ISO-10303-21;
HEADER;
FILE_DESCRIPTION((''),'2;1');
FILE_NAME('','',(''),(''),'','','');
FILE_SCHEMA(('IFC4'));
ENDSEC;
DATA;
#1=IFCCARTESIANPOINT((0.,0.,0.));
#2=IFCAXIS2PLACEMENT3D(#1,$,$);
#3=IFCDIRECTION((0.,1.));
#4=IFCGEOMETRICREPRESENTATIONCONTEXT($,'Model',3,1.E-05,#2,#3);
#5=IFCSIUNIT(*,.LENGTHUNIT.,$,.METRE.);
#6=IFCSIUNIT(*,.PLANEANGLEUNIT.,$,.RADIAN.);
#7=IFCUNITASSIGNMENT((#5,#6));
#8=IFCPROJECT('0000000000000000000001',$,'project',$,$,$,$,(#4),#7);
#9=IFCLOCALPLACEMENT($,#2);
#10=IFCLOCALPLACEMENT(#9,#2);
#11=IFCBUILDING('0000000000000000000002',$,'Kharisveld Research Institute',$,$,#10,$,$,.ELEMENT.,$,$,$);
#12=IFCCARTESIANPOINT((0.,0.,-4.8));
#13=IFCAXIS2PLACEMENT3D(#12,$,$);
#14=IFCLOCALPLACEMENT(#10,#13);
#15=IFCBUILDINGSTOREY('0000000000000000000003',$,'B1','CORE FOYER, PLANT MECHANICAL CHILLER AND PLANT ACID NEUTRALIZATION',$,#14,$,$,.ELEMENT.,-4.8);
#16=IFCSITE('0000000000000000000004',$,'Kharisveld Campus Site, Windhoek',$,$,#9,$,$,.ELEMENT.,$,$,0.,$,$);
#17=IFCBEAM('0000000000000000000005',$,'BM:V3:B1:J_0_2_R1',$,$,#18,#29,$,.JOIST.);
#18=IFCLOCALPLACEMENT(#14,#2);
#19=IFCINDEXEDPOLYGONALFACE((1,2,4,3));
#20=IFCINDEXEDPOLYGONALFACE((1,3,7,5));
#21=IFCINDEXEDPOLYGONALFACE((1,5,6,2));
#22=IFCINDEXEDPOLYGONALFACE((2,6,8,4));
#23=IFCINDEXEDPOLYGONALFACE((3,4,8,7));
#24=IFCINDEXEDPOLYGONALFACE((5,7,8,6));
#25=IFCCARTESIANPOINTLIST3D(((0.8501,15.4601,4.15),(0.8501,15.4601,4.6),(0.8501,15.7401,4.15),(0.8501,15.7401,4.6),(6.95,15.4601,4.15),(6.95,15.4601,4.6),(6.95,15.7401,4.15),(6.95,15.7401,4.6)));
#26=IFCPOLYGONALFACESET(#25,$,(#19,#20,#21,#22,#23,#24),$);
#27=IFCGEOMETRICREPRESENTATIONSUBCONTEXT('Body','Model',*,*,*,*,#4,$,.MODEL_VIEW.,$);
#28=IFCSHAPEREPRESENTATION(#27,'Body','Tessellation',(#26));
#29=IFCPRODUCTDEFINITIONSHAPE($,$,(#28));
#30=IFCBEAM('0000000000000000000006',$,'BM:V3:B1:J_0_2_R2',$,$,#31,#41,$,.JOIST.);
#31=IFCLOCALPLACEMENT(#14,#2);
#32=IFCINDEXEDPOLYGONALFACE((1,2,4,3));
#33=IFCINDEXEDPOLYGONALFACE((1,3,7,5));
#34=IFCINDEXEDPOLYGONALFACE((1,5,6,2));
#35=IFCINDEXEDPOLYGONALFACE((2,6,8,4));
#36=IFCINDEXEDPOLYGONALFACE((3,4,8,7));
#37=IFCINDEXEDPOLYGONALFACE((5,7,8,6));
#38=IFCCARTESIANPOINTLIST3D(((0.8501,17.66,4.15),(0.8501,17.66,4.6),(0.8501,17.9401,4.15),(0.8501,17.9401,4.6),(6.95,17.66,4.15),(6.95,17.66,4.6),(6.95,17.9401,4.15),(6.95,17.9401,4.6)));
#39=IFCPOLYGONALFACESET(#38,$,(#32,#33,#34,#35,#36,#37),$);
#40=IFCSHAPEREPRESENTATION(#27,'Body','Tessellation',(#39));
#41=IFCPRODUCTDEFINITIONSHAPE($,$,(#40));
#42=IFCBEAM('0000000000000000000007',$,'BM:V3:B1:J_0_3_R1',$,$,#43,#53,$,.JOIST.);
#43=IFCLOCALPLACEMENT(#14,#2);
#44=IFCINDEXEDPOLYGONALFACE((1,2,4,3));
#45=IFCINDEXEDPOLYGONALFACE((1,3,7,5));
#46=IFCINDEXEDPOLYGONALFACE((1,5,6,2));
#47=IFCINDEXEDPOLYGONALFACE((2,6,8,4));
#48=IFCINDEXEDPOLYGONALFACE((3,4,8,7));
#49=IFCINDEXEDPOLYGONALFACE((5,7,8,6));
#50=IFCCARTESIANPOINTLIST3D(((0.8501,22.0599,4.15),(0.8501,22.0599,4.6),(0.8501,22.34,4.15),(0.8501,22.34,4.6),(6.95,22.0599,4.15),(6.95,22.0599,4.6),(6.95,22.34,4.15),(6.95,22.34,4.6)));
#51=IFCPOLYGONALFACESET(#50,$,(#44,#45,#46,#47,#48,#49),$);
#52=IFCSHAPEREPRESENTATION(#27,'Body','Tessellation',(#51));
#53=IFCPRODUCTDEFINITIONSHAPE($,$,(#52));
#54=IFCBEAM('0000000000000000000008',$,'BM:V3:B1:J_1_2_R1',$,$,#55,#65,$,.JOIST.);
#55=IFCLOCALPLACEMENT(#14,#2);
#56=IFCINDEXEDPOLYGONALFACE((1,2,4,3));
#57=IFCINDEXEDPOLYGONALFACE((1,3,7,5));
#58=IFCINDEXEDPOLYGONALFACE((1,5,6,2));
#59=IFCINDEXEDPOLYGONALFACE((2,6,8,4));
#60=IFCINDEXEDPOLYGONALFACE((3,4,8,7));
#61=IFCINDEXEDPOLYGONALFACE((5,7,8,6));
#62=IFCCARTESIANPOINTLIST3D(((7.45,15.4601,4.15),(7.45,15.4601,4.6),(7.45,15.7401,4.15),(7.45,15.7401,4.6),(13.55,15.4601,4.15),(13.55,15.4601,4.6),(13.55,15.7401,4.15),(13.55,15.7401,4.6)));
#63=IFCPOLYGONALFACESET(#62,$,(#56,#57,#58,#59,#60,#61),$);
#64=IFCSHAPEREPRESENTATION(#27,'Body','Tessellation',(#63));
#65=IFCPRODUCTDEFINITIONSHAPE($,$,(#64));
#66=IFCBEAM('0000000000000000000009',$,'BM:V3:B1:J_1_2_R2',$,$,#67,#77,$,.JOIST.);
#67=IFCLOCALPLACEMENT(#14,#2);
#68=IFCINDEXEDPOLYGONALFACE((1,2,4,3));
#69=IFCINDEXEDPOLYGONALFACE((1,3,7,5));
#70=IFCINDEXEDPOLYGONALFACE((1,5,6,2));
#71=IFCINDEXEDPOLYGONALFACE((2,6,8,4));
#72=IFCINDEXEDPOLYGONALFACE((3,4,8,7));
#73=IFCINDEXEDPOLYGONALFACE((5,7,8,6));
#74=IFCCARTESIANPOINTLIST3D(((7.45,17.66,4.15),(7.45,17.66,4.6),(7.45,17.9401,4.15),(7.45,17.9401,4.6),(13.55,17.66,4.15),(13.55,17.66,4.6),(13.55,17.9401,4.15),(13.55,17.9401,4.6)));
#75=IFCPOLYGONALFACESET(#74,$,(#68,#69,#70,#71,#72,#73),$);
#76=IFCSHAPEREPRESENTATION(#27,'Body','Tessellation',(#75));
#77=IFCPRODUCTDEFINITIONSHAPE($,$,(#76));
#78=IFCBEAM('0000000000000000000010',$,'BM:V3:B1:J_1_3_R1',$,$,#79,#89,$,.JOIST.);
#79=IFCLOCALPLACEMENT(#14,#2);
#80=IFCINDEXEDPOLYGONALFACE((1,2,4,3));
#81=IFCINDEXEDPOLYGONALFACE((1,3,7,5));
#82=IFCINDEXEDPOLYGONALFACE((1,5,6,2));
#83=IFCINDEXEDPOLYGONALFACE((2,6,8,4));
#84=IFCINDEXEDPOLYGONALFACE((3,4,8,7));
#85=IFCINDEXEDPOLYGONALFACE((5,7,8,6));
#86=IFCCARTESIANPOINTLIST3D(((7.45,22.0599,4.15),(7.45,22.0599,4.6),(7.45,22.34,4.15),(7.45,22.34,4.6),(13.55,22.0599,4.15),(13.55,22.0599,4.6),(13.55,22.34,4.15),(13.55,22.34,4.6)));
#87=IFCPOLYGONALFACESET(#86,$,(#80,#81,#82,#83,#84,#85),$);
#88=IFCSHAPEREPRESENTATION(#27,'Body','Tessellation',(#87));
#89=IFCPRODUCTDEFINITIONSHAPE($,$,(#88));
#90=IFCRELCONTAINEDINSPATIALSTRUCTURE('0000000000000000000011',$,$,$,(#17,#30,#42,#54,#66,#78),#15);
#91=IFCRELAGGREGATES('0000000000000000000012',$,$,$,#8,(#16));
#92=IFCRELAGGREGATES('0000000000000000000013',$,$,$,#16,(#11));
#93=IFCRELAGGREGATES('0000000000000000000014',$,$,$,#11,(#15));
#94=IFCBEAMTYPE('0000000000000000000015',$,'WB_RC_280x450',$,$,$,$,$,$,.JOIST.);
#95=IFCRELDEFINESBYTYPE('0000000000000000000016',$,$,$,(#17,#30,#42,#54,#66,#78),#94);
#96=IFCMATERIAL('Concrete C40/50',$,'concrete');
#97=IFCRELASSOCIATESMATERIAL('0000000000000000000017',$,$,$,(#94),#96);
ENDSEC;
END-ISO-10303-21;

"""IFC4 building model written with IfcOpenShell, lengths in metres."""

from ifc_helpers import new_model, si_unit, direction, frame, origin, origin_2d, place, context, subcontext, project, spatial, rectangle, extrude, material, material_profile, profile_set, type_object, element, save


model = new_model("IFC4")

# Units and contexts
model_context = context("Model", 3, precision=1e-05, world=origin(), true_north=direction((0.0, 1.0)))
body_context = subcontext(model_context, "Body", "Model", "MODEL_VIEW")
ifc_project = project(units=[si_unit("LENGTHUNIT", "METRE"), si_unit("PLANEANGLEUNIT", "RADIAN")], contexts=[model_context])

# Site, building, storey
site_placement = place(None, origin())
site = spatial("IfcSite", under=ifc_project, at=site_placement, Name="Kharisveld Campus Site, Windhoek", CompositionType="ELEMENT", RefElevation=0.0)
building_placement = place(site_placement, origin())
building = spatial("IfcBuilding", under=site, at=building_placement, Name="Kharisveld Research Institute", CompositionType="ELEMENT")
storey_placement = place(building_placement, frame((0.0, 0.0, -4.8)))
storey = spatial("IfcBuildingStorey", under=building, at=storey_placement, Name="B1", Description="CORE FOYER, PLANT MECHANICAL CHILLER AND PLANT ACID NEUTRALIZATION", CompositionType="ELEMENT", Elevation=-4.8)

# Beams
ifc_material_1 = material(Name="Concrete C40/50", Category="concrete")
ifc_material_profile_1 = material_profile(ifc_material_1, rectangle(XDim=0.28, YDim=0.45, at=origin_2d()))
ifc_profile_set_1 = profile_set([ifc_material_profile_1], Name="Concrete C40/50")
beam_type_1 = type_object("IfcBeamType", Name="WB_RC_280x450", PredefinedType="JOIST", material=ifc_profile_set_1)
for number, where, z_axis, x_axis, name in (
    (1, (0.8501, 15.6001, 4.375), (1.0, 0.0, 0.0), (0.0, 1.0, 0.0), "BM:V3:B1:J_0_2_R1"),
    (2, (0.8501, 17.8, 4.375), (1.0, 0.0, 0.0), (0.0, 1.0, 0.0), "BM:V3:B1:J_0_2_R2"),
    (3, (0.8501, 22.2, 4.375), (1.0, 0.0, 0.0), (0.0, 1.0, 0.0), "BM:V3:B1:J_0_3_R1"),
):
    element("IfcBeam", number, at=place(storey_placement, frame(where, z_axis=z_axis, x_axis=x_axis)), inside=storey, type_object=beam_type_1, Name=name, PredefinedType="JOIST", context=body_context, shape_type="SweptSolid", body=[
        extrude(rectangle(XDim=0.28, YDim=0.45, at=origin_2d()), origin(), (0.0, 0.0, 1.0), 6.0999),
    ])
for number, where, z_axis, x_axis, name in (
    (4, (7.45, 15.6001, 4.375), (1.0, 0.0, 0.0), (0.0, 1.0, 0.0), "BM:V3:B1:J_1_2_R1"),
    (5, (7.45, 17.8, 4.375), (1.0, 0.0, 0.0), (0.0, 1.0, 0.0), "BM:V3:B1:J_1_2_R2"),
    (6, (7.45, 22.2, 4.375), (1.0, 0.0, 0.0), (0.0, 1.0, 0.0), "BM:V3:B1:J_1_3_R1"),
):
    element("IfcBeam", number, at=place(storey_placement, frame(where, z_axis=z_axis, x_axis=x_axis)), inside=storey, type_object=beam_type_1, Name=name, PredefinedType="JOIST", context=body_context, shape_type="SweptSolid", body=[
        extrude(rectangle(XDim=0.28, YDim=0.45, at=origin_2d()), origin(), (0.0, 0.0, 1.0), 6.1001),
    ])

save(model, "model.ifc")
